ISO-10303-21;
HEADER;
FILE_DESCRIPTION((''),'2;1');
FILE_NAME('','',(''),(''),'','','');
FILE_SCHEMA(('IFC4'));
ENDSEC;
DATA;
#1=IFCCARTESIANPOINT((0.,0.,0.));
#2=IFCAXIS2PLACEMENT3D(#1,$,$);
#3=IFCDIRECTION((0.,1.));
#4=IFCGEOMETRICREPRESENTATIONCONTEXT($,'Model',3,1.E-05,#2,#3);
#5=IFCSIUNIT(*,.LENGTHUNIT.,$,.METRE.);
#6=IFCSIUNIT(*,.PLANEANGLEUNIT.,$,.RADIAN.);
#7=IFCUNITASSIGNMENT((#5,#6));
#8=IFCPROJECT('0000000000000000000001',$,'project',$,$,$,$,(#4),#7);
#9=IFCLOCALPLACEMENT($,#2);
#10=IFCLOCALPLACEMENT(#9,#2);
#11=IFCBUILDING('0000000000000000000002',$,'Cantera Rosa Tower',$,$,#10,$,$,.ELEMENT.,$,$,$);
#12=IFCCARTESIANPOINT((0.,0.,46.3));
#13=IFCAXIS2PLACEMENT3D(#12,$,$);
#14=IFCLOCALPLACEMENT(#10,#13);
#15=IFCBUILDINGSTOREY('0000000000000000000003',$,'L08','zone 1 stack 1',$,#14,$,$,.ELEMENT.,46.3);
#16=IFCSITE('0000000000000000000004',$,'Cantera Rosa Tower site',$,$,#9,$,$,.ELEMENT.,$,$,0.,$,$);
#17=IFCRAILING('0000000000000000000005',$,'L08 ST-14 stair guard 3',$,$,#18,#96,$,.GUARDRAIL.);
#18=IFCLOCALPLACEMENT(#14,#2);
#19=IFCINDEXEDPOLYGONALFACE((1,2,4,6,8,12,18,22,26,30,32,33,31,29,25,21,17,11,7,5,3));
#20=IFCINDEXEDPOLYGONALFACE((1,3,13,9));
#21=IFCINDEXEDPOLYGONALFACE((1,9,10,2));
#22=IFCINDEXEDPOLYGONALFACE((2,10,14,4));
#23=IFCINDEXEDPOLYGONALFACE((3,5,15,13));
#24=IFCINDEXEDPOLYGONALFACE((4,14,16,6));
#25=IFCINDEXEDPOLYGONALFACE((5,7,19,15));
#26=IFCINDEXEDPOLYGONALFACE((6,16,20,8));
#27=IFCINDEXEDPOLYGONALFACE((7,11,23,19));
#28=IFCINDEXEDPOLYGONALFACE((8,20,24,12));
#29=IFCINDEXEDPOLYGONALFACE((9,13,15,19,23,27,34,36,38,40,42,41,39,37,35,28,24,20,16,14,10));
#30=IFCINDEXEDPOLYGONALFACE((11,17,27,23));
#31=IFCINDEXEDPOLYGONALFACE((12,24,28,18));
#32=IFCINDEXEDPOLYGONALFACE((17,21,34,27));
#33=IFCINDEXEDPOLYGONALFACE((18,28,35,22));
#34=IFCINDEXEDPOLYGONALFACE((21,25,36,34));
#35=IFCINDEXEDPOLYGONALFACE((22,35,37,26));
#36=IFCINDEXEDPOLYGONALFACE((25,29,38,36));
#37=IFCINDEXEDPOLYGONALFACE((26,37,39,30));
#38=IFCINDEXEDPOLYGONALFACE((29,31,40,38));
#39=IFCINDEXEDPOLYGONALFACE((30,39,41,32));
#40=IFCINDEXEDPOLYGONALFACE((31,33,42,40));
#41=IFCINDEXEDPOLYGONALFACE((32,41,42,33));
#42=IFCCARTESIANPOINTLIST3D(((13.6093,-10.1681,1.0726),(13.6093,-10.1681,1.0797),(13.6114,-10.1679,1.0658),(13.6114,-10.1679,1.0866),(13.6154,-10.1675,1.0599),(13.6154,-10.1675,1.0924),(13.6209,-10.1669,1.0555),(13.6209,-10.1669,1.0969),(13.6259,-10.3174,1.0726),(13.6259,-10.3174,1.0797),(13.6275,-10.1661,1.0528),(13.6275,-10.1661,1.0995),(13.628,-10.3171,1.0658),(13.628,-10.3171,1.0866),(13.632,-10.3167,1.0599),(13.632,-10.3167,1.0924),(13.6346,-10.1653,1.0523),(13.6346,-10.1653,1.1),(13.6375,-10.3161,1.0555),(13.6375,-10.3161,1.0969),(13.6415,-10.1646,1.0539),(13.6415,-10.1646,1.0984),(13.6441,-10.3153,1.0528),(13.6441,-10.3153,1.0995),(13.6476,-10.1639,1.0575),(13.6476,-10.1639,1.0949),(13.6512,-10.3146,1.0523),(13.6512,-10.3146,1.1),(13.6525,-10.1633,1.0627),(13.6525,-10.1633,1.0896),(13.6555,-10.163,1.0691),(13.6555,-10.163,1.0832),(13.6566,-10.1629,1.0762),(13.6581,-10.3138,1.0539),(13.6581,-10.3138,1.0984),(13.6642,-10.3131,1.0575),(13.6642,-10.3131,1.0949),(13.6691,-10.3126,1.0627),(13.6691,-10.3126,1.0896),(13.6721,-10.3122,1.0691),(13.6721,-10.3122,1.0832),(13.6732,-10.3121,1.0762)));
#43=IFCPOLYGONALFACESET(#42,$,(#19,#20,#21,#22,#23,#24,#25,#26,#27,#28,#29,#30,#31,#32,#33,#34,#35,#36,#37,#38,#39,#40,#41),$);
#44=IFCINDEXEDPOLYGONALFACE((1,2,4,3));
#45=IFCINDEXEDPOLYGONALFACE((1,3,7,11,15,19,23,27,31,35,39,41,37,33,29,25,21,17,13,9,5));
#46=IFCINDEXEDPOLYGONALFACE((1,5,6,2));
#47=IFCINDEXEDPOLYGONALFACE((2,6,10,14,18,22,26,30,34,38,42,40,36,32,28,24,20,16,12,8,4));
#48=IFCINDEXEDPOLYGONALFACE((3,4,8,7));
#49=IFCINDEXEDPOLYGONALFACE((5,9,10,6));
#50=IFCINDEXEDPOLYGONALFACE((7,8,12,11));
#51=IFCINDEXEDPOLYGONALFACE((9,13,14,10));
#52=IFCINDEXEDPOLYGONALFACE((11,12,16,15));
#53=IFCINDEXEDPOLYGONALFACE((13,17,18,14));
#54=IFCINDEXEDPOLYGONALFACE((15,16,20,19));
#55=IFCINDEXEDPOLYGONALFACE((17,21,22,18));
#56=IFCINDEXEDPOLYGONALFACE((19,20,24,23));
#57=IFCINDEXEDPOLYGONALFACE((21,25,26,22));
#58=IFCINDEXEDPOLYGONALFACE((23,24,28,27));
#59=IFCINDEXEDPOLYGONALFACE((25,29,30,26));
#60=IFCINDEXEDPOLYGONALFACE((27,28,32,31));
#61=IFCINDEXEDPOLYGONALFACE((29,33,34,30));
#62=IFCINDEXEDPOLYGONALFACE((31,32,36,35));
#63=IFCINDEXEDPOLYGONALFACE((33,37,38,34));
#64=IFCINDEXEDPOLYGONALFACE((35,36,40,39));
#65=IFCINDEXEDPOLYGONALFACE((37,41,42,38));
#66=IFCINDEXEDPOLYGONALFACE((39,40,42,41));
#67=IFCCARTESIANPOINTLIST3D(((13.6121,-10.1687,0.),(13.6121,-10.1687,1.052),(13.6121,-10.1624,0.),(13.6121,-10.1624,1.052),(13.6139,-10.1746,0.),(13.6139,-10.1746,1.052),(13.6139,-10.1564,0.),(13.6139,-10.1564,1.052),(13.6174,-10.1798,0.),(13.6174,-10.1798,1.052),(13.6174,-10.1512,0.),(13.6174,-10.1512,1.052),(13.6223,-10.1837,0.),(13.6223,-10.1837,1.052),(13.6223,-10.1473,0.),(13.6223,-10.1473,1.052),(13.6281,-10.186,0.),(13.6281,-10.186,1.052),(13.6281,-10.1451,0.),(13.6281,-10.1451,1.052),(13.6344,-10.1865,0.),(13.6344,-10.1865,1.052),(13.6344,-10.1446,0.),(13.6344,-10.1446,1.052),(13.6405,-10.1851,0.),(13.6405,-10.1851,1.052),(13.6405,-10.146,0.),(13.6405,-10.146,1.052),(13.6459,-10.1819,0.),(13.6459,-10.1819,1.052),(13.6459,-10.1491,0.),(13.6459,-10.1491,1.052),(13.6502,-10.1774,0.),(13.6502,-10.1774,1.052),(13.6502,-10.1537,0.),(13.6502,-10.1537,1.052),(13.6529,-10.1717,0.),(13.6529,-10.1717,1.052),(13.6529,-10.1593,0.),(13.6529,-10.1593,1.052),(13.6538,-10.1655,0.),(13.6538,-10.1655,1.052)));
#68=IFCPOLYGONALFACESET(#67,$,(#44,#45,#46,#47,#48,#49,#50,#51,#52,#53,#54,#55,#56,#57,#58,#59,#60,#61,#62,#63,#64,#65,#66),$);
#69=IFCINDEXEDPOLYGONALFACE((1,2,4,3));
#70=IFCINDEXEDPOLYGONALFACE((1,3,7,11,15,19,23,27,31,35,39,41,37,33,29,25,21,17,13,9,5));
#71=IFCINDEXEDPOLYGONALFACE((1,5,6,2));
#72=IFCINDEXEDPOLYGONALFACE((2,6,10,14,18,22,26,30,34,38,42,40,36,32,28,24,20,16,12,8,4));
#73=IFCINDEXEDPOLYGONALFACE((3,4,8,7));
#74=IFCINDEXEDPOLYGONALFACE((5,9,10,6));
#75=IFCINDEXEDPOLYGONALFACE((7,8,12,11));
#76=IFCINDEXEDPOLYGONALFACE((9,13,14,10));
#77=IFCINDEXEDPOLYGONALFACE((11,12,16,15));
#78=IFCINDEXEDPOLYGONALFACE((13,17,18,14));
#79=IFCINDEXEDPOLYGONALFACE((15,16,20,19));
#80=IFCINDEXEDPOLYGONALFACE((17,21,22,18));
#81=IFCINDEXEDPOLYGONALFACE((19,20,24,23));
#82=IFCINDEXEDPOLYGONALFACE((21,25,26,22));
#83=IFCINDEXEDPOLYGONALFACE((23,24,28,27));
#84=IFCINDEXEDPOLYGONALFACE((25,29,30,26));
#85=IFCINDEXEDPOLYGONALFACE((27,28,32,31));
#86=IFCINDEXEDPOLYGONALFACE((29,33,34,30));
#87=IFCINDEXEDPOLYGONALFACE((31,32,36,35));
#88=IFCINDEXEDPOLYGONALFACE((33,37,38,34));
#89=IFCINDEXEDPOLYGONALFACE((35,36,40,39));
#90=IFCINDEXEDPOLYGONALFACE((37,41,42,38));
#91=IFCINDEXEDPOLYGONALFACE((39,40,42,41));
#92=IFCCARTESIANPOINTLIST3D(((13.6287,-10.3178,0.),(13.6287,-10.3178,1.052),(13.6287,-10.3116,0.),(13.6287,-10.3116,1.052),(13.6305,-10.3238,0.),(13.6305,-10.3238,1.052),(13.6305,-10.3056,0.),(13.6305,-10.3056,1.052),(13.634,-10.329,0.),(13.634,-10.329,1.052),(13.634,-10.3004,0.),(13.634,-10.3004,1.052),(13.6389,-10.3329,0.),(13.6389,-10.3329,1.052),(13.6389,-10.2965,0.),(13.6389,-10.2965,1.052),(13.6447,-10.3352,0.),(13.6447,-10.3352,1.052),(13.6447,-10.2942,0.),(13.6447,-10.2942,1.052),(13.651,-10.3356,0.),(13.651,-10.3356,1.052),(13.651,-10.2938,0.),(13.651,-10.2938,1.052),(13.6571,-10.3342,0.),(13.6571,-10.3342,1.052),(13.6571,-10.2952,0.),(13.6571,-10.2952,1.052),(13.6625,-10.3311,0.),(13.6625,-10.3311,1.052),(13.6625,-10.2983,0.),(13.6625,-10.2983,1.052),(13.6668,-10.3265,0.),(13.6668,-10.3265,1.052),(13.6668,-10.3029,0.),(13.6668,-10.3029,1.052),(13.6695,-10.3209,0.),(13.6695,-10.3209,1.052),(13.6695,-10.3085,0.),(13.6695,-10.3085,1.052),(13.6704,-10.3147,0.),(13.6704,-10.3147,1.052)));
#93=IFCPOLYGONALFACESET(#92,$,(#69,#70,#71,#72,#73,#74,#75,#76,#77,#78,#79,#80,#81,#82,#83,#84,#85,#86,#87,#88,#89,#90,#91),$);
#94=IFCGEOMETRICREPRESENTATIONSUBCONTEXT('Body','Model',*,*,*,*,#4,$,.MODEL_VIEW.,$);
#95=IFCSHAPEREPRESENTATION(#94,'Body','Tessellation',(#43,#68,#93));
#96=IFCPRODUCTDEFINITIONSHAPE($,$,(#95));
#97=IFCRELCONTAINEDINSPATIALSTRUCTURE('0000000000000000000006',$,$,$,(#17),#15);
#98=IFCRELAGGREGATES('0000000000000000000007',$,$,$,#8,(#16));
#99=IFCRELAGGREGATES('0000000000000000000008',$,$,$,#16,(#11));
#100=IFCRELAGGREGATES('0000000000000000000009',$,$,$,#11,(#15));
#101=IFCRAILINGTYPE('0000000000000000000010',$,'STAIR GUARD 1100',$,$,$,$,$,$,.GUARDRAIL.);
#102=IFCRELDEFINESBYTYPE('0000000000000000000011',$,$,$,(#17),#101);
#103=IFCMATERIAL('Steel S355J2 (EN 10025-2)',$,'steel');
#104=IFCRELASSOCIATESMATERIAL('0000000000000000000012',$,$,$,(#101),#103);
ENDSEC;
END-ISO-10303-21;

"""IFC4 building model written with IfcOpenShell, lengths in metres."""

from ifc_helpers import new_model, si_unit, direction, frame, origin, origin_2d, place, context, subcontext, project, spatial, circle, extrude, material, type_object, element, save


model = new_model("IFC4")

# Units and contexts
model_context = context("Model", 3, precision=1e-05, world=origin(), true_north=direction((0.0, 1.0)))
body_context = subcontext(model_context, "Body", "Model", "MODEL_VIEW")
ifc_project = project(units=[si_unit("LENGTHUNIT", "METRE"), si_unit("PLANEANGLEUNIT", "RADIAN")], contexts=[model_context])

# Site, building, storey
site_placement = place(None, origin())
site = spatial("IfcSite", under=ifc_project, at=site_placement, Name="Cantera Rosa Tower site", CompositionType="ELEMENT", RefElevation=0.0)
building_placement = place(site_placement, origin())
building = spatial("IfcBuilding", under=site, at=building_placement, Name="Cantera Rosa Tower", CompositionType="ELEMENT")
storey_placement = place(building_placement, frame((0.0, 0.0, 46.3)))
storey = spatial("IfcBuildingStorey", under=building, at=storey_placement, Name="L08", Description="zone 1 stack 1", CompositionType="ELEMENT", Elevation=46.3)

# Railing
ifc_material_1 = material(Name="Steel S355J2 (EN 10025-2)", Category="steel")
railing_type_1 = type_object("IfcRailingType", Name="STAIR GUARD 1100", PredefinedType="GUARDRAIL", material=ifc_material_1)
railing_1_placement = place(storey_placement, frame((13.6328, -10.1655, 0.0)))
element("IfcRailing", 1, at=railing_1_placement, inside=storey, type_object=railing_type_1, Name="L08 ST-14 stair guard 3", PredefinedType="GUARDRAIL", context=body_context, shape_type="SweptSolid", body=[
    extrude(circle(Radius=0.0239, at=origin_2d()), frame((0.0, 0.0, 1.0762), z_axis=(0.11061, -0.993864, 0.0), x_axis=(0.993864, 0.11061, 0.0)), (0.0, 0.0, 1.0), 0.1501),
    extrude(circle(Radius=0.021, at=origin_2d()), origin(), (0.0, 0.0, 1.0), 1.052),
    extrude(circle(Radius=0.021, at=origin_2d()), frame((0.0166, -0.1492, 0.0)), (0.0, 0.0, 1.0), 1.052),
])

save(model, "model.ifc")
